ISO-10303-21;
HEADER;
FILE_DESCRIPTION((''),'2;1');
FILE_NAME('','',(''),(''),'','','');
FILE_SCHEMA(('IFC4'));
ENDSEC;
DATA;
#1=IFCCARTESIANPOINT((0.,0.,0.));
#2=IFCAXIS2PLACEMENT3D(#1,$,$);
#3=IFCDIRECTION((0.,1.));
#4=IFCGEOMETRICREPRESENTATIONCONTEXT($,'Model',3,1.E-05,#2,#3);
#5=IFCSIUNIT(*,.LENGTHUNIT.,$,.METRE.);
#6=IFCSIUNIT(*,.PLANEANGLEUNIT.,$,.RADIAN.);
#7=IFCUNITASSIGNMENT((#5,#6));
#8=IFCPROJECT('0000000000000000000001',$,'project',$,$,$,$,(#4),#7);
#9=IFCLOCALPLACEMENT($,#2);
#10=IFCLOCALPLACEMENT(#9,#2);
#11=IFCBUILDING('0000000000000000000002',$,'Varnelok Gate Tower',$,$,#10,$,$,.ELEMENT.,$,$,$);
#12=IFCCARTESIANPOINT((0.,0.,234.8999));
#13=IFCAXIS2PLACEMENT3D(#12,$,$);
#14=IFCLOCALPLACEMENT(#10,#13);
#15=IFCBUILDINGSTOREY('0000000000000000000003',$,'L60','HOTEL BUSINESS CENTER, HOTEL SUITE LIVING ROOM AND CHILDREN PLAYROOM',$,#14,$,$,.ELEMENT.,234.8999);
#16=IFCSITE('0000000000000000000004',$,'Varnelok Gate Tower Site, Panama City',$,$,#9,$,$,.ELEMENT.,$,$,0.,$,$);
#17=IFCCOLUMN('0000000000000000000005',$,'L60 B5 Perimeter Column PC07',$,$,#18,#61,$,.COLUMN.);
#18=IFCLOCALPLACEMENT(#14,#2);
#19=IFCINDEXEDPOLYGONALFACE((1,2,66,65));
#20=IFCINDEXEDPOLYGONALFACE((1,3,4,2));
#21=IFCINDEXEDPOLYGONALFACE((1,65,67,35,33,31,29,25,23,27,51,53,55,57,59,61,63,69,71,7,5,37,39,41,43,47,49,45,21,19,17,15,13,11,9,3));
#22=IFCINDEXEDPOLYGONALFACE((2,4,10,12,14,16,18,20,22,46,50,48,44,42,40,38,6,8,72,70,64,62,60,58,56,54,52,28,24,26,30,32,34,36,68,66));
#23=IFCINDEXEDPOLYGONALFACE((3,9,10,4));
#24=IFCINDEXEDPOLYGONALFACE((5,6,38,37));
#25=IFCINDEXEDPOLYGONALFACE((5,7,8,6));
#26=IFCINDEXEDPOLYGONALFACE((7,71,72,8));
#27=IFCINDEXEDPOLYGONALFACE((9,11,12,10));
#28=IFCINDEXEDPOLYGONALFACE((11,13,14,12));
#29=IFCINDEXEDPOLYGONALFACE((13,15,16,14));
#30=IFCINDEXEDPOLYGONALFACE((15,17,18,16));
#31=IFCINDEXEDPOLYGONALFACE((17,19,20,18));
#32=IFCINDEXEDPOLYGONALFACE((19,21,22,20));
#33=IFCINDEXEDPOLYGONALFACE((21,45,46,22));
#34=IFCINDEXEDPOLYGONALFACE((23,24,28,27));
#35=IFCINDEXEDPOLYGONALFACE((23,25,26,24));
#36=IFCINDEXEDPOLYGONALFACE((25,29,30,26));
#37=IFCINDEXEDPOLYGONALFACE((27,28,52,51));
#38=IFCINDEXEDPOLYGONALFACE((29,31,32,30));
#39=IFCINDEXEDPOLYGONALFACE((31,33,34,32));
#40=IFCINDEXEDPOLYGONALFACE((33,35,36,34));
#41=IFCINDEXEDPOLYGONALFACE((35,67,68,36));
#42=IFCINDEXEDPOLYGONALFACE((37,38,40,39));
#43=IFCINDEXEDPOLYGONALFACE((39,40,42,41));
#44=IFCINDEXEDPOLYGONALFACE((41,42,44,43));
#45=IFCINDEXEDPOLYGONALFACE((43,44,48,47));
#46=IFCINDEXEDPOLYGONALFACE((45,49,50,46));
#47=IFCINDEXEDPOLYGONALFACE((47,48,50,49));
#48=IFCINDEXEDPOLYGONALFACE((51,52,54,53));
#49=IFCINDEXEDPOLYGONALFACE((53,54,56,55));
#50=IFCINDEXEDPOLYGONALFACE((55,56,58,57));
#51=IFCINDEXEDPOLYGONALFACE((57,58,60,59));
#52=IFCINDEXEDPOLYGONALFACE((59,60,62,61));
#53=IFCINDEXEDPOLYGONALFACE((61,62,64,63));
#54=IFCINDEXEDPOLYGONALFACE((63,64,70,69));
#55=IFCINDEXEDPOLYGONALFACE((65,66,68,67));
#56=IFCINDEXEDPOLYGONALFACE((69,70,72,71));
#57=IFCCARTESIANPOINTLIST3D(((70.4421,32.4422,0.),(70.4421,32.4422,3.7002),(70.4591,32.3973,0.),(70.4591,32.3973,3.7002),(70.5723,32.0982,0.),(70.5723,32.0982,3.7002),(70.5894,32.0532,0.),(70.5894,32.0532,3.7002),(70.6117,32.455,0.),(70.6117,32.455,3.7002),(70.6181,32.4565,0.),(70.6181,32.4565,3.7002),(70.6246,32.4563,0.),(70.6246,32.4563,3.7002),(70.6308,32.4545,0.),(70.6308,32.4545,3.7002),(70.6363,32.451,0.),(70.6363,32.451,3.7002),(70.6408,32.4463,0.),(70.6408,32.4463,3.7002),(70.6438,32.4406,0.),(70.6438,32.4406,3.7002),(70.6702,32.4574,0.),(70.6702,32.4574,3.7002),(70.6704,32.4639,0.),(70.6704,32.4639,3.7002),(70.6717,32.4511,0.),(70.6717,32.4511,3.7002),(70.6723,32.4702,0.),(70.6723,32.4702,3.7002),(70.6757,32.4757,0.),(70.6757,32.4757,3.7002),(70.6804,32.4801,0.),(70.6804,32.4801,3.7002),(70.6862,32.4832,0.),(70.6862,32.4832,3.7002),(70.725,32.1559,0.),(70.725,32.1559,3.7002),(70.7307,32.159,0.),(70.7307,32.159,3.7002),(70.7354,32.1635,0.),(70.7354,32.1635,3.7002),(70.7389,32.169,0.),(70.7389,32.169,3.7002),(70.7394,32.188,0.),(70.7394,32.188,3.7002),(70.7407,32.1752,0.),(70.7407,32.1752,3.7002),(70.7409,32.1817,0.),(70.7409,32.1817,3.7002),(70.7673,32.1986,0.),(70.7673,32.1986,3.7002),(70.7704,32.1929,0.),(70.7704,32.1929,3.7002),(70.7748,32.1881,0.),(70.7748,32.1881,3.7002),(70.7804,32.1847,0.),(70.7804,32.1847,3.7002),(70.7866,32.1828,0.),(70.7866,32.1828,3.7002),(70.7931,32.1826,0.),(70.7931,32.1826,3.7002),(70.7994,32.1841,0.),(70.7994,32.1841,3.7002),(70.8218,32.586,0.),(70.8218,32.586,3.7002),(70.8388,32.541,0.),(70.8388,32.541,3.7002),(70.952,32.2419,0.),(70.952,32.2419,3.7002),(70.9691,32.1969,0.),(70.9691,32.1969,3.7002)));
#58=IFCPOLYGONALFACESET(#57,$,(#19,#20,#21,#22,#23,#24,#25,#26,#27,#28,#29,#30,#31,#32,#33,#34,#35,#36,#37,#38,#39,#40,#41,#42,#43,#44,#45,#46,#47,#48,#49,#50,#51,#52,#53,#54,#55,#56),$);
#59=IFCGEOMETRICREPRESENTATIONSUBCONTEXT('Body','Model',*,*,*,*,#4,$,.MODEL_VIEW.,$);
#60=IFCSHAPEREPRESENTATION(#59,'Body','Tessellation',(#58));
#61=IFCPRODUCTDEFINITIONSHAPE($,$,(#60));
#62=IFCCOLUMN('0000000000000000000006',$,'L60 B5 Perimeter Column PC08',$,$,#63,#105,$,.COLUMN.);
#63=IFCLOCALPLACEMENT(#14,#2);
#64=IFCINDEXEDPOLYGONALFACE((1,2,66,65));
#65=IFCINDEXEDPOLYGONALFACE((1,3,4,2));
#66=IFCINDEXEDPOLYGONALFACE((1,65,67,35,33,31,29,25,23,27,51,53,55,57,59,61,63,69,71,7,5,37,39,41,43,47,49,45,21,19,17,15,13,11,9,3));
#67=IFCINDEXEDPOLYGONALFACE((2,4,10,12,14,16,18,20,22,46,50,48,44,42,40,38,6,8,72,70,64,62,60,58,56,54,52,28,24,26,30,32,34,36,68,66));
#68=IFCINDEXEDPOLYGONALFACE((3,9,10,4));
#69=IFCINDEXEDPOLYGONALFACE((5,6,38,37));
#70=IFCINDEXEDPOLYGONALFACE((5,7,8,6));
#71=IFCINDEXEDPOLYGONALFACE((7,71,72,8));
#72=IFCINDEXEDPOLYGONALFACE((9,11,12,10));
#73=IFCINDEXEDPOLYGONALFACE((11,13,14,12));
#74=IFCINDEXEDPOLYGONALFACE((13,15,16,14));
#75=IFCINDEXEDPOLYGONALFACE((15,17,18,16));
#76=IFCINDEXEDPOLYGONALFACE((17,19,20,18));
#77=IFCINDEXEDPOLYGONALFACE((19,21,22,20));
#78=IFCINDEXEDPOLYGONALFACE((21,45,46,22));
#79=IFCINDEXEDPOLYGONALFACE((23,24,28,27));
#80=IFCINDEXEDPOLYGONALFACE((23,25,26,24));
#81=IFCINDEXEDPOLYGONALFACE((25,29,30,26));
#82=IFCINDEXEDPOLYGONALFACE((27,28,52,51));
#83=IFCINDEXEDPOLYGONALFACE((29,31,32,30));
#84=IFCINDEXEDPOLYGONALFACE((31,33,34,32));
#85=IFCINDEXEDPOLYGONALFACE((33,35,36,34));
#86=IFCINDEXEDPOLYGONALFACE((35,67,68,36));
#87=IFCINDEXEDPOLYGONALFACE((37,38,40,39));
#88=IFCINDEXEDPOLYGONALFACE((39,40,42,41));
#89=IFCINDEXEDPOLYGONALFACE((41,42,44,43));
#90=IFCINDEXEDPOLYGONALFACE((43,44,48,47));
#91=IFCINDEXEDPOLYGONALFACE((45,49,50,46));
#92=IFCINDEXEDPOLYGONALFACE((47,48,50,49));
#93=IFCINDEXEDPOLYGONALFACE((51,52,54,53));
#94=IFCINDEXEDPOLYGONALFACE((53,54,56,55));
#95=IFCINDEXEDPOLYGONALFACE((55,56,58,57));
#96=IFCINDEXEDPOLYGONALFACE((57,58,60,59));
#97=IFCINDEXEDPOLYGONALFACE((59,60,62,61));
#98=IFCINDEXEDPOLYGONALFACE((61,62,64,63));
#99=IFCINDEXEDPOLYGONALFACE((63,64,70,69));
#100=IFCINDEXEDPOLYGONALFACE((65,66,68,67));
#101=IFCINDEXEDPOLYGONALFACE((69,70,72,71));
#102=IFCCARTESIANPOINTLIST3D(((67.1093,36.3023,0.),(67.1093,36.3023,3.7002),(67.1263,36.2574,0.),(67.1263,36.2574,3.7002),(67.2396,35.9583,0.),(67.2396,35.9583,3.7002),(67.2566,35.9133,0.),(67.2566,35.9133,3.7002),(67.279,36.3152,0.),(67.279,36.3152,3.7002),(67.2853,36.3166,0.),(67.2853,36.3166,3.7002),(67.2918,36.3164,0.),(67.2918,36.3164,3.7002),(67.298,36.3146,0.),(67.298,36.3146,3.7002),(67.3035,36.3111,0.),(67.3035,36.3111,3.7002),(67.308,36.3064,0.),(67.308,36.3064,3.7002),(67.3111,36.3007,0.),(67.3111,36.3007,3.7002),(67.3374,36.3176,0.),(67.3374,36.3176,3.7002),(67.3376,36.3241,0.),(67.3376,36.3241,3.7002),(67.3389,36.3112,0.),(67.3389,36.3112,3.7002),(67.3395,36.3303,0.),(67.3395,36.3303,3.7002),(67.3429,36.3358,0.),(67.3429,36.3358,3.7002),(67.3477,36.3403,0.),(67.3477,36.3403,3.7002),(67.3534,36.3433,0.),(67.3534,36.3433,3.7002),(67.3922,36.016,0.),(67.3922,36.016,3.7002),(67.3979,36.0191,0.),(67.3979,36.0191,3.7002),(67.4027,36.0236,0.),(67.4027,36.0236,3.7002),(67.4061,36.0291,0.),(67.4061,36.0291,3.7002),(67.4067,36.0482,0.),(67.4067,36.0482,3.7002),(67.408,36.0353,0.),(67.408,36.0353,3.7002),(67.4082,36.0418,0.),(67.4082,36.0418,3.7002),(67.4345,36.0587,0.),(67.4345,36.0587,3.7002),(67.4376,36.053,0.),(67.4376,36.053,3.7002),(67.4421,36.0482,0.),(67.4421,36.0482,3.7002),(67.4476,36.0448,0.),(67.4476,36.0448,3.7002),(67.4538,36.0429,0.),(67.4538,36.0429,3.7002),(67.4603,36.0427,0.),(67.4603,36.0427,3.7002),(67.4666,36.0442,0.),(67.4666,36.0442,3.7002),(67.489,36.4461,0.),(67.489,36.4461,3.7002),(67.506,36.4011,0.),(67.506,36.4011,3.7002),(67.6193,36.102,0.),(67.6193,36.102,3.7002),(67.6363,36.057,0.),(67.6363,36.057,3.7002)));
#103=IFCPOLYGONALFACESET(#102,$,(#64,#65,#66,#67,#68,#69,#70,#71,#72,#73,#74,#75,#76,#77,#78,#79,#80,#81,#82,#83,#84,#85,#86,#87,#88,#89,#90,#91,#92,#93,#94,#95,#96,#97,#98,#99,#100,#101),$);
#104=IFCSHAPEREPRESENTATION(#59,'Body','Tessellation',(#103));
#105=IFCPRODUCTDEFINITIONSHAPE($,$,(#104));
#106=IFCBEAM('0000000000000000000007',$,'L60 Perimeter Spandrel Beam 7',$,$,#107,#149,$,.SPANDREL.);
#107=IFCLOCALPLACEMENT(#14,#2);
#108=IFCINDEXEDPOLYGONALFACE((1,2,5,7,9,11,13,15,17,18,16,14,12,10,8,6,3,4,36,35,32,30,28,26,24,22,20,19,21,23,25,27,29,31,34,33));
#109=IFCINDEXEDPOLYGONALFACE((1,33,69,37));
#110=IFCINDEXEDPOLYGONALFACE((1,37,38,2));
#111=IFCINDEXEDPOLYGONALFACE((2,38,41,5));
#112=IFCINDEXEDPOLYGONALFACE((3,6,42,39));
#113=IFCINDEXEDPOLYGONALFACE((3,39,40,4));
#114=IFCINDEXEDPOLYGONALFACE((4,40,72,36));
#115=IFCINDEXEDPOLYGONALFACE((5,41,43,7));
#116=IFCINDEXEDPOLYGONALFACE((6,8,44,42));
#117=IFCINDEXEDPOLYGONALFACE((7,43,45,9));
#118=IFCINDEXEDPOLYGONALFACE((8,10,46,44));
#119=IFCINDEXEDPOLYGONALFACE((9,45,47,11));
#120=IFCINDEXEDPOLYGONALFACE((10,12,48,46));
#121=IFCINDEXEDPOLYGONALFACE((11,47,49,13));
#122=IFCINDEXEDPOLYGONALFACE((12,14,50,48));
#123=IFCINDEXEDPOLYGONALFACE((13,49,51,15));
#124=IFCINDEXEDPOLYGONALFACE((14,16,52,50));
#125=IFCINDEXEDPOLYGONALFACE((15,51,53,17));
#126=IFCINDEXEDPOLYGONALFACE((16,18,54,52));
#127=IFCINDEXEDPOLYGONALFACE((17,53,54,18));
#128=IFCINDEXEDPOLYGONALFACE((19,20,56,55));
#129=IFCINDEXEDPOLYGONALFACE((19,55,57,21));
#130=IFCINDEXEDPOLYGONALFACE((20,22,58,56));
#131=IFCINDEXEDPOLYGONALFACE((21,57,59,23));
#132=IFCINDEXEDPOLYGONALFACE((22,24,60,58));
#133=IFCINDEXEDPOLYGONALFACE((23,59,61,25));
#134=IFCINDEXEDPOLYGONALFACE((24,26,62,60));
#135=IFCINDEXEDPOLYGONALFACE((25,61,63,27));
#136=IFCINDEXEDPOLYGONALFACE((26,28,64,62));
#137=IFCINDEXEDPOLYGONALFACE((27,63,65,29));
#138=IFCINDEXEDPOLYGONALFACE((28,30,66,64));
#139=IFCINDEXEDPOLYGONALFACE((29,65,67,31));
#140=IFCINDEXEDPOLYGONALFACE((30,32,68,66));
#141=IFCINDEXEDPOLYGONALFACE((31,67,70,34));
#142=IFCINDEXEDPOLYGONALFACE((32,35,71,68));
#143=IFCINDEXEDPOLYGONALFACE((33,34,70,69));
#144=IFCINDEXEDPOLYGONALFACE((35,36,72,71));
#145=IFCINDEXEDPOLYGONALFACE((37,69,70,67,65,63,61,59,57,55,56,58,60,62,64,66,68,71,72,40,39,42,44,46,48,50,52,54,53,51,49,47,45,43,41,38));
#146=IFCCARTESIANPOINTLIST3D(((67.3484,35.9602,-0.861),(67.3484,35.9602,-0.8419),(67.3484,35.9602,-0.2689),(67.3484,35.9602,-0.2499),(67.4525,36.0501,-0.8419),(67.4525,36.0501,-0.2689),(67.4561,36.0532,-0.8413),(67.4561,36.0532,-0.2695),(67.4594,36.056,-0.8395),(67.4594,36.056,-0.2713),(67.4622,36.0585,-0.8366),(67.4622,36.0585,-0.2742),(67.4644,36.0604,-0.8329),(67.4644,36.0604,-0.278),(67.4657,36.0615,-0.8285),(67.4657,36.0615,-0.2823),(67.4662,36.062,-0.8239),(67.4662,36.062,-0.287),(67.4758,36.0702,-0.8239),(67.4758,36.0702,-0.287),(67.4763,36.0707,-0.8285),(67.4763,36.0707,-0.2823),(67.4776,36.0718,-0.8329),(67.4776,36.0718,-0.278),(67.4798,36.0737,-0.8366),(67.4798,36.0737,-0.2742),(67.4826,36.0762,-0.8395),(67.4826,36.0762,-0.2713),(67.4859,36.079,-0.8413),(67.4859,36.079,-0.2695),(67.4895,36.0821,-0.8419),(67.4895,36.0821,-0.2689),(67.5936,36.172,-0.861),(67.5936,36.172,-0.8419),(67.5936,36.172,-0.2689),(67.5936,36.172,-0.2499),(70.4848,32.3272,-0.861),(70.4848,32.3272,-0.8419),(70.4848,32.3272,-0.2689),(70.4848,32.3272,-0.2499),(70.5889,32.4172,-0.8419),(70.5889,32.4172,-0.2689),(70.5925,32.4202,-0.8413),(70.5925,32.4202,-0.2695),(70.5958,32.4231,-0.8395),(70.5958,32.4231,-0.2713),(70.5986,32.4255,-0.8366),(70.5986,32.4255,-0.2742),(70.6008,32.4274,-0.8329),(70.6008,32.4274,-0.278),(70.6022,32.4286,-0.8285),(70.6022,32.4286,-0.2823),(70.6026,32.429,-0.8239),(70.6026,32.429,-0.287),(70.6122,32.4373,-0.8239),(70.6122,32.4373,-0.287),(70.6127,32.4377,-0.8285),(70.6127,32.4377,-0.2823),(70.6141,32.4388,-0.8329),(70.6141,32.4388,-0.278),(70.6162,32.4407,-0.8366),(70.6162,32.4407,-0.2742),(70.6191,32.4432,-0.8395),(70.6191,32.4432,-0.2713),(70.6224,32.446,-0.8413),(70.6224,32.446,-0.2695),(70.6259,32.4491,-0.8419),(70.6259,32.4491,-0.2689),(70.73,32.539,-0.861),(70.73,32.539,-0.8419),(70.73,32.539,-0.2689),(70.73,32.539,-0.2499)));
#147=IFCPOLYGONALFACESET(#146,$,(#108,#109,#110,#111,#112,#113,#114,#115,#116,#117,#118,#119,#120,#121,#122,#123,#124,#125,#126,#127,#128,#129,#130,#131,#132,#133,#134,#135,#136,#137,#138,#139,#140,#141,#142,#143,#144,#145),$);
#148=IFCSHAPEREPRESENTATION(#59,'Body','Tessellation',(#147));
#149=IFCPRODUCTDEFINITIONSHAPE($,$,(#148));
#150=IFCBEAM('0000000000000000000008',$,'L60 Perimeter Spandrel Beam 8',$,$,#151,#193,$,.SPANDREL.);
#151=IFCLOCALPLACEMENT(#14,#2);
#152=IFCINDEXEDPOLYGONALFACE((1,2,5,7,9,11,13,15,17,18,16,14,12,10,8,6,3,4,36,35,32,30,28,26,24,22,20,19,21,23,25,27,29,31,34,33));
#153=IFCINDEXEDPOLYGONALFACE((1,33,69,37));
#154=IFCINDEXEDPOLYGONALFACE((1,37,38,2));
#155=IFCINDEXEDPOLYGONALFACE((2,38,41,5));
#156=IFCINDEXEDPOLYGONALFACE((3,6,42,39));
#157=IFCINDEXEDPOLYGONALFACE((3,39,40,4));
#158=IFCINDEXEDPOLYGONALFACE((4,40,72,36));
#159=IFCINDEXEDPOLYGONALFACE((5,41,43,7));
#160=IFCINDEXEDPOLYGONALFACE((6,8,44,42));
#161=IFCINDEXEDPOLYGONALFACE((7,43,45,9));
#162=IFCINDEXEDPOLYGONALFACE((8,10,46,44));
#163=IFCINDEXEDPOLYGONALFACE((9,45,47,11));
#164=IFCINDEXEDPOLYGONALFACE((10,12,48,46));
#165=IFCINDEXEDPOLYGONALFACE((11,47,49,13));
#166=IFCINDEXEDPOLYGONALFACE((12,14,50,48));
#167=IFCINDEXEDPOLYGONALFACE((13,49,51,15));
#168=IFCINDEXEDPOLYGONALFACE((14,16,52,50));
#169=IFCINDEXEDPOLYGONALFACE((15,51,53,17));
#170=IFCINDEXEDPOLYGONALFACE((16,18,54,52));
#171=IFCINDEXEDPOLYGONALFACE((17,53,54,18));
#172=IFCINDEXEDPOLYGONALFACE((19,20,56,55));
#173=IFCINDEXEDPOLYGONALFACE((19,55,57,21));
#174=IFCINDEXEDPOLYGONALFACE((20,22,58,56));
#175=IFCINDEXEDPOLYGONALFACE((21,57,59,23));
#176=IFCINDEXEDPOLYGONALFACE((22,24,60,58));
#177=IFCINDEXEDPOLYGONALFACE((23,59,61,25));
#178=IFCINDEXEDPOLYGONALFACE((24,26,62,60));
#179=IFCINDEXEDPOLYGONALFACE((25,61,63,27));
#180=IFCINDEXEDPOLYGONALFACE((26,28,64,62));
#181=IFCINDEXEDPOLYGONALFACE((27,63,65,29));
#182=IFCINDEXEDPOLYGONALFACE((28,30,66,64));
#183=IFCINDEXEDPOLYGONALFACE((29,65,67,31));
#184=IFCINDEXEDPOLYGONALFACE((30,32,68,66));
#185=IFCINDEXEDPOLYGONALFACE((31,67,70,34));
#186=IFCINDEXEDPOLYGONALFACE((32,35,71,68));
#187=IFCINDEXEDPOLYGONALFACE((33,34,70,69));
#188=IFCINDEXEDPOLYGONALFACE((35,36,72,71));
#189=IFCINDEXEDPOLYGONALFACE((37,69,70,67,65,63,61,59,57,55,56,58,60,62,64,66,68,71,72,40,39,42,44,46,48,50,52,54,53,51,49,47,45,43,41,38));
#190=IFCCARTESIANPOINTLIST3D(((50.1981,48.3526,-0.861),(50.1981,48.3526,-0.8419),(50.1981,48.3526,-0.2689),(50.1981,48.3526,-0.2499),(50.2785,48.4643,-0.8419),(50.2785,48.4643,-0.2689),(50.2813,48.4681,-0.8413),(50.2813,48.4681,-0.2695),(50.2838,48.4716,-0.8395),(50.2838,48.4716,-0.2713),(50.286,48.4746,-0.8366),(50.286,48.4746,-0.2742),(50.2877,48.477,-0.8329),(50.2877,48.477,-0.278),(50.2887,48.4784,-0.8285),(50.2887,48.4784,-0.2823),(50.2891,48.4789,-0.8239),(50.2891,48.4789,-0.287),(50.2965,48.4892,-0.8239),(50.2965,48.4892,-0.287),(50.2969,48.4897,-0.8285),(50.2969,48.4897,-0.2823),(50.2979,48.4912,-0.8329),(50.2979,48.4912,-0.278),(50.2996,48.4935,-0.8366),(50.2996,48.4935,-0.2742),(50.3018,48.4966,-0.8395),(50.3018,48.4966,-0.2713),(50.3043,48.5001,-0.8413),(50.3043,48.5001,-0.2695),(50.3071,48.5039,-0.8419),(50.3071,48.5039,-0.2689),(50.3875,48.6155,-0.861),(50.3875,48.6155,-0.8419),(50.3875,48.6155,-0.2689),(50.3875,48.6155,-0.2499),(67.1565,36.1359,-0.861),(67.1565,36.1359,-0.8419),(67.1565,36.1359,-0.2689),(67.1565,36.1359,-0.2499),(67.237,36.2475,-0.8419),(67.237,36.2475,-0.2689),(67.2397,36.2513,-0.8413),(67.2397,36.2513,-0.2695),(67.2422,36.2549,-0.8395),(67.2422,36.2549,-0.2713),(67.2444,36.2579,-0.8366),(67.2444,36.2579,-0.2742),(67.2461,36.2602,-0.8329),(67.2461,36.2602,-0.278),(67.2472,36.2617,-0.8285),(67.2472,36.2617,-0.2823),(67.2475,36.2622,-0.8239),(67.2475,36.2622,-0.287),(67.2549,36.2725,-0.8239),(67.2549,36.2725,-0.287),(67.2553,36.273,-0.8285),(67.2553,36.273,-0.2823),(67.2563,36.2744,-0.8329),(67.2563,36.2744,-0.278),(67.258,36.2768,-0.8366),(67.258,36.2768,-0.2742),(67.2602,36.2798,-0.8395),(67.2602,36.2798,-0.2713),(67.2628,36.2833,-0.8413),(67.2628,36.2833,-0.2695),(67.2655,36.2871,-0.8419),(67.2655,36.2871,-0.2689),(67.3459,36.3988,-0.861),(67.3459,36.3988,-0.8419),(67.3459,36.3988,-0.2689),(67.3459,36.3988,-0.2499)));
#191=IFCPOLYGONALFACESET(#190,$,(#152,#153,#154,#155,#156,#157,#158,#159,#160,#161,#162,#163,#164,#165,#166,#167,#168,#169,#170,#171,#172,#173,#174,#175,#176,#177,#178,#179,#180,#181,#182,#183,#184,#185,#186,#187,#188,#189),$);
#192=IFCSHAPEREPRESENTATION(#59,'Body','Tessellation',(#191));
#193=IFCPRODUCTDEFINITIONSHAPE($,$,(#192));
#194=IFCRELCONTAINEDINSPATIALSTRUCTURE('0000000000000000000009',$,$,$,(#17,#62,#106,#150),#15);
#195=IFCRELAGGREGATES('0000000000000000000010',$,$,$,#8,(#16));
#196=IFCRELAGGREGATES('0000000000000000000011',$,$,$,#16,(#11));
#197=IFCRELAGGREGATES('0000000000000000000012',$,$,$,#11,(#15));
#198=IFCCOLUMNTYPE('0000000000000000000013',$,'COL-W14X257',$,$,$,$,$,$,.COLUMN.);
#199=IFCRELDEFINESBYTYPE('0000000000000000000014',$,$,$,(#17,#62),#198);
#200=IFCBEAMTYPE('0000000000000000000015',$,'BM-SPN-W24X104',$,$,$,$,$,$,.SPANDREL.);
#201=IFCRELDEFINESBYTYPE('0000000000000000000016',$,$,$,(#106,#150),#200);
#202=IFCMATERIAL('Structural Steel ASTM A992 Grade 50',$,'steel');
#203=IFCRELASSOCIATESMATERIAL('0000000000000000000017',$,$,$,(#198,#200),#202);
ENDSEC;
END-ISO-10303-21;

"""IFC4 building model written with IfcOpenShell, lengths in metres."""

from ifc_helpers import new_model, si_unit, direction, frame, origin, origin_2d, place, context, subcontext, project, spatial, i_section, extrude, material, material_profile, profile_set, type_object, element, save


model = new_model("IFC4")

# Units and contexts
model_context = context("Model", 3, precision=1e-05, world=origin(), true_north=direction((0.0, 1.0)))
body_context = subcontext(model_context, "Body", "Model", "MODEL_VIEW")
ifc_project = project(units=[si_unit("LENGTHUNIT", "METRE"), si_unit("PLANEANGLEUNIT", "RADIAN")], contexts=[model_context])

# Site, building, storey
site_placement = place(None, origin())
site = spatial("IfcSite", under=ifc_project, at=site_placement, Name="Varnelok Gate Tower Site, Panama City", CompositionType="ELEMENT", RefElevation=0.0)
building_placement = place(site_placement, origin())
building = spatial("IfcBuilding", under=site, at=building_placement, Name="Varnelok Gate Tower", CompositionType="ELEMENT")
storey_placement = place(building_placement, frame((0.0, 0.0, 234.8999)))
storey = spatial("IfcBuildingStorey", under=building, at=storey_placement, Name="L60", Description="HOTEL BUSINESS CENTER, HOTEL SUITE LIVING ROOM AND CHILDREN PLAYROOM", CompositionType="ELEMENT", Elevation=234.8999)

# Columns
ifc_material_1 = material(Name="Structural Steel ASTM A992 Grade 50", Category="steel")
ifc_material_profile_1 = material_profile(ifc_material_1, i_section(OverallWidth=0.406, OverallDepth=0.416, WebThickness=0.0298, FlangeThickness=0.0481, FilletRadius=0.0249, at=origin_2d()), Name="W14X257")
ifc_profile_set_1 = profile_set([ifc_material_profile_1], Name="Structural Steel ASTM A992 Grade 50")
column_type = type_object("IfcColumnType", Name="COL-W14X257", PredefinedType="COLUMN", material=ifc_profile_set_1)
for number, where, z_axis, x_axis, name in (
    (1, (70.7056, 32.3196, 0.0), (0.0, 0.0, 1.0), (0.935222, 0.354063, 0.0), "L60 B5 Perimeter Column PC07"),
    (2, (67.3728, 36.1797, 0.0), (0.0, 0.0, 1.0), (0.935222, 0.354063, 0.0), "L60 B5 Perimeter Column PC08"),
):
    element("IfcColumn", number, at=place(storey_placement, frame(where, z_axis=z_axis, x_axis=x_axis)), inside=storey, type_object=column_type, Name=name, PredefinedType="COLUMN", context=body_context, shape_type="SweptSolid", body=[
        extrude(i_section(OverallWidth=0.406, OverallDepth=0.416, WebThickness=0.0298, FlangeThickness=0.0481, FilletRadius=0.0249, at=origin_2d()), origin(), (0.0, 0.0, 1.0), 3.7002),
    ])

# Beams
ifc_material_profile_2 = material_profile(ifc_material_1, i_section(OverallWidth=0.324, OverallDepth=0.6111, WebThickness=0.0127, FlangeThickness=0.019, FilletRadius=0.0181, at=origin_2d()), Name="W24X104")
ifc_profile_set_2 = profile_set([ifc_material_profile_2], Name="Structural Steel ASTM A992 Grade 50")
beam_type = type_object("IfcBeamType", Name="BM-SPN-W24X104", PredefinedType="SPANDREL", material=ifc_profile_set_2)
beam_1_placement = place(storey_placement, frame((70.6074, 32.4331, -0.5554), z_axis=(-0.653481, 0.756943, 0.0), x_axis=(-0.756943, -0.653481, 0.0)))
element("IfcBeam", 3, at=beam_1_placement, inside=storey, type_object=beam_type, Name="L60 Perimeter Spandrel Beam 7", PredefinedType="SPANDREL", context=body_context, shape_type="SweptSolid", body=[
    extrude(i_section(OverallWidth=0.324, OverallDepth=0.6111, WebThickness=0.0127, FlangeThickness=0.019, FilletRadius=0.0181, at=origin_2d()), origin(), (0.0, 0.0, 1.0), 4.7996),
])
beam_2_placement = place(storey_placement, frame((67.2512, 36.2673, -0.5554), z_axis=(-0.811383, 0.584515, 0.0), x_axis=(-0.584515, -0.811383, 0.0)))
element("IfcBeam", 4, at=beam_2_placement, inside=storey, type_object=beam_type, Name="L60 Perimeter Spandrel Beam 8", PredefinedType="SPANDREL", context=body_context, shape_type="SweptSolid", body=[
    extrude(i_section(OverallWidth=0.324, OverallDepth=0.6111, WebThickness=0.0127, FlangeThickness=0.019, FilletRadius=0.0181, at=origin_2d()), origin(), (0.0, 0.0, 1.0), 20.9006),
])

save(model, "model.ifc")
